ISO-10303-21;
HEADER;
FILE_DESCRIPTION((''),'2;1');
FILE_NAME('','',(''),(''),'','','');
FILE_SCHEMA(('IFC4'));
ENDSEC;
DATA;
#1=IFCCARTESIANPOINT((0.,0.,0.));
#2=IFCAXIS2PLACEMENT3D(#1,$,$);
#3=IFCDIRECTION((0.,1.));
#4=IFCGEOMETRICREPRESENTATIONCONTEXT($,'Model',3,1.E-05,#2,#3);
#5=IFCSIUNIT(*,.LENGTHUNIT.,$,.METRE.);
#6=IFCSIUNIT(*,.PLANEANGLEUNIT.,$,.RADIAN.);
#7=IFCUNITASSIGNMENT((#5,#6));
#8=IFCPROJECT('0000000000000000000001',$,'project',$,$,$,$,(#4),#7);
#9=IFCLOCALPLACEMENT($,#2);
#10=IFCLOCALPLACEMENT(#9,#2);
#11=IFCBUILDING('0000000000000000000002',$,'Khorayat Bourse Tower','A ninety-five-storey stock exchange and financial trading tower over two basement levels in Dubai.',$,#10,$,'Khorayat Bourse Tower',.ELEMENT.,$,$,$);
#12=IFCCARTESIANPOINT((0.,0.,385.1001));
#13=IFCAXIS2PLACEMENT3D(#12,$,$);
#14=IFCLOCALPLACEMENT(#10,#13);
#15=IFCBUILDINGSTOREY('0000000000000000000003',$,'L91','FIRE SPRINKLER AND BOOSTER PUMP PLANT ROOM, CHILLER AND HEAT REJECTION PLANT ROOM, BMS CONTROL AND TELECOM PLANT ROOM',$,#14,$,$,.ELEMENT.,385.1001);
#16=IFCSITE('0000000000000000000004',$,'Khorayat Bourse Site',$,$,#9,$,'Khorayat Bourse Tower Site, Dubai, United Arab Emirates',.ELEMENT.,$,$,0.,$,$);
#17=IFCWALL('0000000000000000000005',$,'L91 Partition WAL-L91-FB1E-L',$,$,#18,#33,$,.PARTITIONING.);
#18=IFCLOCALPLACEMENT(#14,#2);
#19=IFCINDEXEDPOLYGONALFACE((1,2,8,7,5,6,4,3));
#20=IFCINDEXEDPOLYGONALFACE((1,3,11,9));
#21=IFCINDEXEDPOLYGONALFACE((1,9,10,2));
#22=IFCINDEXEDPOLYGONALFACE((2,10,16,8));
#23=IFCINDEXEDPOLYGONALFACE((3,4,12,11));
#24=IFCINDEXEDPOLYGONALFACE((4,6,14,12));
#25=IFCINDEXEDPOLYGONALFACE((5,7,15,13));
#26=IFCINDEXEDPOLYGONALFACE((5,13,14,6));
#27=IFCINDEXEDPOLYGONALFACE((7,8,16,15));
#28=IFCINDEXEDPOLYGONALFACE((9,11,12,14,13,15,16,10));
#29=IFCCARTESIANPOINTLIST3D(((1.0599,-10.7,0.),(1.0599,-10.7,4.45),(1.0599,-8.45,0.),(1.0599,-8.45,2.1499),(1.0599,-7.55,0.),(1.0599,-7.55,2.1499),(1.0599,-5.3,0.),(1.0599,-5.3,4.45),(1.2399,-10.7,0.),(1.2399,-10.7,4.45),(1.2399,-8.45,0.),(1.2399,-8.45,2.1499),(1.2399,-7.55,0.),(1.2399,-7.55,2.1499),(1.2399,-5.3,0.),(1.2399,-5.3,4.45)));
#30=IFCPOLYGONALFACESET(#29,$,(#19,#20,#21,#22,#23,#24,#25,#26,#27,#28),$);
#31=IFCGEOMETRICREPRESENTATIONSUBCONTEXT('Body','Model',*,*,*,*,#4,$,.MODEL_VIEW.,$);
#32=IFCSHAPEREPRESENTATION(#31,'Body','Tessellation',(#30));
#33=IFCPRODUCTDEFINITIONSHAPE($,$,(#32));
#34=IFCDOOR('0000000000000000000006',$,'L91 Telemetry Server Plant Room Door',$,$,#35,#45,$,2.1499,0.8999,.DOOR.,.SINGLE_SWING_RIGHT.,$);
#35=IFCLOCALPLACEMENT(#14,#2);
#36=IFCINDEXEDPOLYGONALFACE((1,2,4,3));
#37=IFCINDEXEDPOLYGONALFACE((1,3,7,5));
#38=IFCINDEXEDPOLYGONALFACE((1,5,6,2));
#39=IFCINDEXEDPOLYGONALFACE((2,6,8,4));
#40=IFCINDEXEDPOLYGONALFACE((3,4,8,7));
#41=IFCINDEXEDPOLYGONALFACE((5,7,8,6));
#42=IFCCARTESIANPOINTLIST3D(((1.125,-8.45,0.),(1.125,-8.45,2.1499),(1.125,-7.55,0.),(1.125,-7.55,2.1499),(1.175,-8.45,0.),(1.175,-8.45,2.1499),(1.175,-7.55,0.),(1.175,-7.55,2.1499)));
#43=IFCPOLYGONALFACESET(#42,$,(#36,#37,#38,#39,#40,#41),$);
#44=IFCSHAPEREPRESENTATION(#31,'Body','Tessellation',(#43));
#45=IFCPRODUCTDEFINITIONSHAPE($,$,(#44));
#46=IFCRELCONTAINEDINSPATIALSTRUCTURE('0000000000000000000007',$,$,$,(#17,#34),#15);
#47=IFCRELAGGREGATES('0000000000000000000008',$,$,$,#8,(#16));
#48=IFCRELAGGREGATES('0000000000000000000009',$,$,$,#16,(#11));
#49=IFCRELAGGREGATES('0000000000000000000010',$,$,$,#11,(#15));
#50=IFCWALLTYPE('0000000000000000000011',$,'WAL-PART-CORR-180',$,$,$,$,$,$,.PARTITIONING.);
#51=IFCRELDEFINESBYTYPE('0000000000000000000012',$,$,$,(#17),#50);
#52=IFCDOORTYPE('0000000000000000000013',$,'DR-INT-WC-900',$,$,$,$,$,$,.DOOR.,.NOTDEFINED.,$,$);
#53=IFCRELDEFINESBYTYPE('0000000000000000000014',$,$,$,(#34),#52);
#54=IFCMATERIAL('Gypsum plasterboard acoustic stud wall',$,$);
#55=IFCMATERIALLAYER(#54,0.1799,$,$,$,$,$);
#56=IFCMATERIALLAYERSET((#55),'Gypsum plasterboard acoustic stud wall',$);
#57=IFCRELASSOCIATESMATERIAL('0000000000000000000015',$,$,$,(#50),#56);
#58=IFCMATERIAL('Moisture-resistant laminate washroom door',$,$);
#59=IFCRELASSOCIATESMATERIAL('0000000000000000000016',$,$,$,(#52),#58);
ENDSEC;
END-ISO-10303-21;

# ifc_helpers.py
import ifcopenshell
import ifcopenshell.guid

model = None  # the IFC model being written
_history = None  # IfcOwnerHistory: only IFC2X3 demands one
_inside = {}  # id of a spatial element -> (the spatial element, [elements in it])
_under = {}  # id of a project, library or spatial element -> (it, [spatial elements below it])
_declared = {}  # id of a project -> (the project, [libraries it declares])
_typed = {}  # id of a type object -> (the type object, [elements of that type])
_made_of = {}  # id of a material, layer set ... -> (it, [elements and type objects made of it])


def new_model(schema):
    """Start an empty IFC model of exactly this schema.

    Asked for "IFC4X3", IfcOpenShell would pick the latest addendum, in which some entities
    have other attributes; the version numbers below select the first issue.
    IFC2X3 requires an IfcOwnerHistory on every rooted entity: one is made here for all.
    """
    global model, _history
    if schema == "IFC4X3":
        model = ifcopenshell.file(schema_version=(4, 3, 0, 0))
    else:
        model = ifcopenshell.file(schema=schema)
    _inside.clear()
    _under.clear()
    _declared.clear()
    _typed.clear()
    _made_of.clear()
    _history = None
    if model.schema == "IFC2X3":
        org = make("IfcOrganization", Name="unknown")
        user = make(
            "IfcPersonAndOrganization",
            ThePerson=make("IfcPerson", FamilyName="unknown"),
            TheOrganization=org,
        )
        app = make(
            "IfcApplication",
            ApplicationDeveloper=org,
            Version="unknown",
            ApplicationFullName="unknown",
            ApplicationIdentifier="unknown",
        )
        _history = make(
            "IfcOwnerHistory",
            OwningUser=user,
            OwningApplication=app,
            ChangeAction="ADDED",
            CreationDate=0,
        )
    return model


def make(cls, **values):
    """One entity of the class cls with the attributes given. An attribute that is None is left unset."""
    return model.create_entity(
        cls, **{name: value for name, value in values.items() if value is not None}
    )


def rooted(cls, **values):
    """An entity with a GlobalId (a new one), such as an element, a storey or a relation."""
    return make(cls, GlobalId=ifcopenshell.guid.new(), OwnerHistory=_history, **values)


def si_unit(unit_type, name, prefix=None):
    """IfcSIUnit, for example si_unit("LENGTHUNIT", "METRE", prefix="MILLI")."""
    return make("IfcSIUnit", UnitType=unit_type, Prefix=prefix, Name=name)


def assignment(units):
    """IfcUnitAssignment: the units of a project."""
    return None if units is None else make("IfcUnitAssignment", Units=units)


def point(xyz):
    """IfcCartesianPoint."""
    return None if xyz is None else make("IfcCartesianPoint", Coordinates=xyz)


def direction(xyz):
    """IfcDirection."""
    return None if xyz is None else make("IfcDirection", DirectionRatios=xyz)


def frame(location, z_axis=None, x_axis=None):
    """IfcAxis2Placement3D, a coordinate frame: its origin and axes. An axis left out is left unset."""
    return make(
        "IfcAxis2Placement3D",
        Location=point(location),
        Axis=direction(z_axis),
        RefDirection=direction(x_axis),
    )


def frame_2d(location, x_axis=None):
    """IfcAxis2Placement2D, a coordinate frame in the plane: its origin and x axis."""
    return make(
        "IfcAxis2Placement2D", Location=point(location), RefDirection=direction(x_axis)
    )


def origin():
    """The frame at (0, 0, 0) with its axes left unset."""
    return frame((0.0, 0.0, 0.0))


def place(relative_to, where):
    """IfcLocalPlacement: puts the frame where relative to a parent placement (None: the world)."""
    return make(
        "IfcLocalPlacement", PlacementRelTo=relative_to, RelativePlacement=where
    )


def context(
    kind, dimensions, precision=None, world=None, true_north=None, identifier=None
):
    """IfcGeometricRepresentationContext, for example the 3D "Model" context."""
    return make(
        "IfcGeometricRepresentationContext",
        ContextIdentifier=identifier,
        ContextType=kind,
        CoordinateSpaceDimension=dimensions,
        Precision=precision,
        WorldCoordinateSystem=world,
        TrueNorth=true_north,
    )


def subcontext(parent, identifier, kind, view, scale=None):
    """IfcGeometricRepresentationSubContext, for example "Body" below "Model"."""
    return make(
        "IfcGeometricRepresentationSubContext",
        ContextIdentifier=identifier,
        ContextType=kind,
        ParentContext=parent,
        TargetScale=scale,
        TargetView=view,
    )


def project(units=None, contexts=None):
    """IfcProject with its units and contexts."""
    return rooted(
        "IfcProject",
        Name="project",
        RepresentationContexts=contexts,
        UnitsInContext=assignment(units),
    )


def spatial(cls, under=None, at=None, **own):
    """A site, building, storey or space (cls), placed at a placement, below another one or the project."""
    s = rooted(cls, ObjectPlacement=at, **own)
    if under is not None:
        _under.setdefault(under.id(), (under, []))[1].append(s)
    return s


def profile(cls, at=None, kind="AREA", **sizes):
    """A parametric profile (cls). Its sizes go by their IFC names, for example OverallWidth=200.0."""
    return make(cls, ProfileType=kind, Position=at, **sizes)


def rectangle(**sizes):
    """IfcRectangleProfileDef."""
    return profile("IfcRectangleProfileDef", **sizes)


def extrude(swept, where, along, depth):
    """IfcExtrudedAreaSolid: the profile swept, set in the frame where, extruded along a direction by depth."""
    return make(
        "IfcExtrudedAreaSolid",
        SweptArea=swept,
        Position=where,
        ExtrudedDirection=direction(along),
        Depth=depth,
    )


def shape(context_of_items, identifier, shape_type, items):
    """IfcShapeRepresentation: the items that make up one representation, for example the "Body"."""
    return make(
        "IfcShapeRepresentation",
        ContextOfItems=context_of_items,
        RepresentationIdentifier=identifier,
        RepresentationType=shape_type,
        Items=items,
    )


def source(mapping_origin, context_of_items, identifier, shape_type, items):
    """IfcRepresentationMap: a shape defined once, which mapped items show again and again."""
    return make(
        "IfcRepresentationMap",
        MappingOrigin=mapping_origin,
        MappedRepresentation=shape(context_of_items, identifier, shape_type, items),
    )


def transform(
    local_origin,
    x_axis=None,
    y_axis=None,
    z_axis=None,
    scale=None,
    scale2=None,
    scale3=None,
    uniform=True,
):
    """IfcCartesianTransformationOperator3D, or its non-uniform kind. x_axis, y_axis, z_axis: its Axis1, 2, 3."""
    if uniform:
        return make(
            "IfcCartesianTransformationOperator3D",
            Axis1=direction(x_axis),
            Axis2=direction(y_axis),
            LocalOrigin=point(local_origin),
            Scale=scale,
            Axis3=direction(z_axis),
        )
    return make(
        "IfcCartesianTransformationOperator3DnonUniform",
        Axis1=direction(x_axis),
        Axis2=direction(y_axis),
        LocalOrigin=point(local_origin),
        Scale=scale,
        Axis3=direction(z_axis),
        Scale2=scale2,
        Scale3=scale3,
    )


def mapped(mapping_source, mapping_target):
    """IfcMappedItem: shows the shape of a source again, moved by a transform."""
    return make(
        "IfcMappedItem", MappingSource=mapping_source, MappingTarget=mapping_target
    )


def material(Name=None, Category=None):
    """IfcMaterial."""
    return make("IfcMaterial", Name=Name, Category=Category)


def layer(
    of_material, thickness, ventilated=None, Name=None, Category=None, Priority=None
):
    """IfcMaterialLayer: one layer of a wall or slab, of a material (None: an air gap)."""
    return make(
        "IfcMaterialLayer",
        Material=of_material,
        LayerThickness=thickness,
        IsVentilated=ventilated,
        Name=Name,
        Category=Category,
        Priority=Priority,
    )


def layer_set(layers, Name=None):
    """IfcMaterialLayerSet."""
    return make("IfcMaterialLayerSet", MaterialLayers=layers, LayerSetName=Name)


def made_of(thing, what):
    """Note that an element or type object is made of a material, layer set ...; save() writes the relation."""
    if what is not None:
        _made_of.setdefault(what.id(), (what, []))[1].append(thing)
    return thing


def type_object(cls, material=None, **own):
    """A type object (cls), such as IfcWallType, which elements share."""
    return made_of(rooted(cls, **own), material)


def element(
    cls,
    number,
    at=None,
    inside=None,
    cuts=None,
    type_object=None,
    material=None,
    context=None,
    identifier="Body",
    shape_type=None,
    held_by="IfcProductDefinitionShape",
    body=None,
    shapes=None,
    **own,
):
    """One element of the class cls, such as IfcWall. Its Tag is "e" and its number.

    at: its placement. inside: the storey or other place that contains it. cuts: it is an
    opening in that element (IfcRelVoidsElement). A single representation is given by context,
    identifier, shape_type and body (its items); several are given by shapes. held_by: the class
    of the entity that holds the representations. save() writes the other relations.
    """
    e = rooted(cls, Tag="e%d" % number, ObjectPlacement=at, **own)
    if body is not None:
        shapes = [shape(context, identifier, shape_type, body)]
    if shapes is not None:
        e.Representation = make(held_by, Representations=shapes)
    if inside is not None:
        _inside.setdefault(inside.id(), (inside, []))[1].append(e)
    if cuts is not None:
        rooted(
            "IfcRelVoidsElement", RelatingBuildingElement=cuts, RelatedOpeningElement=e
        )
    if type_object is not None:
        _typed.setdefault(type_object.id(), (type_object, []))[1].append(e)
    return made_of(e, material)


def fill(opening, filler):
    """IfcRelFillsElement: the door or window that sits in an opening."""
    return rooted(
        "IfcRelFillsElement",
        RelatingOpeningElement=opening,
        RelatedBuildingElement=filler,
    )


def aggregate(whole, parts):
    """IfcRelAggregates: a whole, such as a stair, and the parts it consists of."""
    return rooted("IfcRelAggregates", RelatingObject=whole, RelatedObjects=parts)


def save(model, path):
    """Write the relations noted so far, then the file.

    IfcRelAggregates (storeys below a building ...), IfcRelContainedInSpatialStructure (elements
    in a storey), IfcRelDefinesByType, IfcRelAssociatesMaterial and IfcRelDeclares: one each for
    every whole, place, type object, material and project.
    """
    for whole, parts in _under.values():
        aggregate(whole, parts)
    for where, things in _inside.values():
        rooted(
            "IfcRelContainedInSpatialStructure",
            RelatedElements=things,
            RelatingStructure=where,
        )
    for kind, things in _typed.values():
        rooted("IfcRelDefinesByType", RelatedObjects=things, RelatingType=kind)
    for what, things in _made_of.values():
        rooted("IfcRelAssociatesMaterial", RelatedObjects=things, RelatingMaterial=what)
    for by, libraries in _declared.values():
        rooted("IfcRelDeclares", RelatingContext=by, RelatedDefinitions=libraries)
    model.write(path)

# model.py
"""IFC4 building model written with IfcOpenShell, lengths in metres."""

from ifc_helpers import new_model, si_unit, direction, frame, frame_2d, origin, place, context, subcontext, project, spatial, rectangle, extrude, source, transform, mapped, material, layer, layer_set, type_object, element, fill, save


model = new_model("IFC4")

# Units and contexts
model_context = context("Model", 3, precision=1e-05, world=origin(), true_north=direction((0.0, 1.0)))
body_context = subcontext(model_context, "Body", "Model", "MODEL_VIEW")
ifc_project = project(units=[si_unit("LENGTHUNIT", "METRE"), si_unit("PLANEANGLEUNIT", "RADIAN")], contexts=[model_context])

# Site, building, storey
site_placement = place(None, origin())
site = spatial("IfcSite", under=ifc_project, at=site_placement, Name="Khorayat Bourse Site", LongName="Khorayat Bourse Tower Site, Dubai, United Arab Emirates", CompositionType="ELEMENT", RefElevation=0.0)
building_placement = place(site_placement, origin())
building = spatial("IfcBuilding", under=site, at=building_placement, Name="Khorayat Bourse Tower", Description="A ninety-five-storey stock exchange and financial trading tower over two basement levels in Dubai.", LongName="Khorayat Bourse Tower", CompositionType="ELEMENT")
storey_placement = place(building_placement, frame((0.0, 0.0, 385.1001)))
storey = spatial("IfcBuildingStorey", under=building, at=storey_placement, Name="L91", Description="FIRE SPRINKLER AND BOOSTER PUMP PLANT ROOM, CHILLER AND HEAT REJECTION PLANT ROOM, BMS CONTROL AND TELECOM PLANT ROOM", CompositionType="ELEMENT", Elevation=385.1001)

# Wall, opening, door
ifc_material_1 = material(Name="Gypsum plasterboard acoustic stud wall")
ifc_layer_1 = layer(ifc_material_1, 0.1799)
ifc_layer_set_1 = layer_set([ifc_layer_1], Name="Gypsum plasterboard acoustic stud wall")
wall_type_1 = type_object("IfcWallType", Name="WAL-PART-CORR-180", PredefinedType="PARTITIONING", material=ifc_layer_set_1)
shared_shape_1 = source(origin(), body_context, "Body", "SweptSolid", [
    extrude(rectangle(XDim=5.3999, YDim=0.1799, at=frame_2d((2.7, 0.0))), origin(), (0.0, 0.0, 1.0), 4.45),
])
wall_1_placement = place(storey_placement, frame((1.1499, -10.7, 0.0), z_axis=(0.0, 0.0, 1.0), x_axis=(0.0, 1.0, 0.0)))
wall_1 = element("IfcWall", 1, at=wall_1_placement, inside=storey, type_object=wall_type_1, Name="L91 Partition WAL-L91-FB1E-L", PredefinedType="PARTITIONING", context=body_context, shape_type="MappedRepresentation", body=[
    mapped(shared_shape_1, transform((0.0, 0.0, 0.0), scale=1.0)),
])
shared_shape_2 = source(origin(), body_context, "Body", "SweptSolid", [
    extrude(rectangle(XDim=0.8999, YDim=2.1499, at=frame_2d((0.45, 1.075))), frame((0.0, 0.0999, 0.0), z_axis=(0.0, -1.0, 0.0), x_axis=(1.0, 0.0, 0.0)), (0.0, 0.0, 1.0), 0.2),
])
opening_placement = place(wall_1_placement, frame((2.25, 0.0, 0.0)))
opening = element("IfcOpeningElement", 2, at=opening_placement, cuts=wall_1, PredefinedType="OPENING", context=body_context, shape_type="MappedRepresentation", body=[
    mapped(shared_shape_2, transform((0.0, 0.0, 0.0), scale=1.0)),
])
ifc_material_2 = material(Name="Moisture-resistant laminate washroom door")
door_type = type_object("IfcDoorType", Name="DR-INT-WC-900", OperationType="NOTDEFINED", PredefinedType="DOOR", material=ifc_material_2)
shared_shape_3 = source(origin(), body_context, "Body", "SweptSolid", [
    extrude(rectangle(XDim=0.8999, YDim=2.1499, at=frame_2d((0.45, 1.075))), frame((0.0, 0.0249, 0.0), z_axis=(0.0, -1.0, 0.0), x_axis=(1.0, 0.0, 0.0)), (0.0, 0.0, 1.0), 0.05),
])
door_placement = place(opening_placement, origin())
door = element("IfcDoor", 3, at=door_placement, inside=storey, type_object=door_type, Name="L91 Telemetry Server Plant Room Door", OperationType="SINGLE_SWING_RIGHT", OverallHeight=2.1499, OverallWidth=0.8999, PredefinedType="DOOR", context=body_context, shape_type="MappedRepresentation", body=[
    mapped(shared_shape_3, transform((0.0, 0.0, 0.0), scale=1.0)),
])
fill(opening, door)

save(model, "model.ifc")
